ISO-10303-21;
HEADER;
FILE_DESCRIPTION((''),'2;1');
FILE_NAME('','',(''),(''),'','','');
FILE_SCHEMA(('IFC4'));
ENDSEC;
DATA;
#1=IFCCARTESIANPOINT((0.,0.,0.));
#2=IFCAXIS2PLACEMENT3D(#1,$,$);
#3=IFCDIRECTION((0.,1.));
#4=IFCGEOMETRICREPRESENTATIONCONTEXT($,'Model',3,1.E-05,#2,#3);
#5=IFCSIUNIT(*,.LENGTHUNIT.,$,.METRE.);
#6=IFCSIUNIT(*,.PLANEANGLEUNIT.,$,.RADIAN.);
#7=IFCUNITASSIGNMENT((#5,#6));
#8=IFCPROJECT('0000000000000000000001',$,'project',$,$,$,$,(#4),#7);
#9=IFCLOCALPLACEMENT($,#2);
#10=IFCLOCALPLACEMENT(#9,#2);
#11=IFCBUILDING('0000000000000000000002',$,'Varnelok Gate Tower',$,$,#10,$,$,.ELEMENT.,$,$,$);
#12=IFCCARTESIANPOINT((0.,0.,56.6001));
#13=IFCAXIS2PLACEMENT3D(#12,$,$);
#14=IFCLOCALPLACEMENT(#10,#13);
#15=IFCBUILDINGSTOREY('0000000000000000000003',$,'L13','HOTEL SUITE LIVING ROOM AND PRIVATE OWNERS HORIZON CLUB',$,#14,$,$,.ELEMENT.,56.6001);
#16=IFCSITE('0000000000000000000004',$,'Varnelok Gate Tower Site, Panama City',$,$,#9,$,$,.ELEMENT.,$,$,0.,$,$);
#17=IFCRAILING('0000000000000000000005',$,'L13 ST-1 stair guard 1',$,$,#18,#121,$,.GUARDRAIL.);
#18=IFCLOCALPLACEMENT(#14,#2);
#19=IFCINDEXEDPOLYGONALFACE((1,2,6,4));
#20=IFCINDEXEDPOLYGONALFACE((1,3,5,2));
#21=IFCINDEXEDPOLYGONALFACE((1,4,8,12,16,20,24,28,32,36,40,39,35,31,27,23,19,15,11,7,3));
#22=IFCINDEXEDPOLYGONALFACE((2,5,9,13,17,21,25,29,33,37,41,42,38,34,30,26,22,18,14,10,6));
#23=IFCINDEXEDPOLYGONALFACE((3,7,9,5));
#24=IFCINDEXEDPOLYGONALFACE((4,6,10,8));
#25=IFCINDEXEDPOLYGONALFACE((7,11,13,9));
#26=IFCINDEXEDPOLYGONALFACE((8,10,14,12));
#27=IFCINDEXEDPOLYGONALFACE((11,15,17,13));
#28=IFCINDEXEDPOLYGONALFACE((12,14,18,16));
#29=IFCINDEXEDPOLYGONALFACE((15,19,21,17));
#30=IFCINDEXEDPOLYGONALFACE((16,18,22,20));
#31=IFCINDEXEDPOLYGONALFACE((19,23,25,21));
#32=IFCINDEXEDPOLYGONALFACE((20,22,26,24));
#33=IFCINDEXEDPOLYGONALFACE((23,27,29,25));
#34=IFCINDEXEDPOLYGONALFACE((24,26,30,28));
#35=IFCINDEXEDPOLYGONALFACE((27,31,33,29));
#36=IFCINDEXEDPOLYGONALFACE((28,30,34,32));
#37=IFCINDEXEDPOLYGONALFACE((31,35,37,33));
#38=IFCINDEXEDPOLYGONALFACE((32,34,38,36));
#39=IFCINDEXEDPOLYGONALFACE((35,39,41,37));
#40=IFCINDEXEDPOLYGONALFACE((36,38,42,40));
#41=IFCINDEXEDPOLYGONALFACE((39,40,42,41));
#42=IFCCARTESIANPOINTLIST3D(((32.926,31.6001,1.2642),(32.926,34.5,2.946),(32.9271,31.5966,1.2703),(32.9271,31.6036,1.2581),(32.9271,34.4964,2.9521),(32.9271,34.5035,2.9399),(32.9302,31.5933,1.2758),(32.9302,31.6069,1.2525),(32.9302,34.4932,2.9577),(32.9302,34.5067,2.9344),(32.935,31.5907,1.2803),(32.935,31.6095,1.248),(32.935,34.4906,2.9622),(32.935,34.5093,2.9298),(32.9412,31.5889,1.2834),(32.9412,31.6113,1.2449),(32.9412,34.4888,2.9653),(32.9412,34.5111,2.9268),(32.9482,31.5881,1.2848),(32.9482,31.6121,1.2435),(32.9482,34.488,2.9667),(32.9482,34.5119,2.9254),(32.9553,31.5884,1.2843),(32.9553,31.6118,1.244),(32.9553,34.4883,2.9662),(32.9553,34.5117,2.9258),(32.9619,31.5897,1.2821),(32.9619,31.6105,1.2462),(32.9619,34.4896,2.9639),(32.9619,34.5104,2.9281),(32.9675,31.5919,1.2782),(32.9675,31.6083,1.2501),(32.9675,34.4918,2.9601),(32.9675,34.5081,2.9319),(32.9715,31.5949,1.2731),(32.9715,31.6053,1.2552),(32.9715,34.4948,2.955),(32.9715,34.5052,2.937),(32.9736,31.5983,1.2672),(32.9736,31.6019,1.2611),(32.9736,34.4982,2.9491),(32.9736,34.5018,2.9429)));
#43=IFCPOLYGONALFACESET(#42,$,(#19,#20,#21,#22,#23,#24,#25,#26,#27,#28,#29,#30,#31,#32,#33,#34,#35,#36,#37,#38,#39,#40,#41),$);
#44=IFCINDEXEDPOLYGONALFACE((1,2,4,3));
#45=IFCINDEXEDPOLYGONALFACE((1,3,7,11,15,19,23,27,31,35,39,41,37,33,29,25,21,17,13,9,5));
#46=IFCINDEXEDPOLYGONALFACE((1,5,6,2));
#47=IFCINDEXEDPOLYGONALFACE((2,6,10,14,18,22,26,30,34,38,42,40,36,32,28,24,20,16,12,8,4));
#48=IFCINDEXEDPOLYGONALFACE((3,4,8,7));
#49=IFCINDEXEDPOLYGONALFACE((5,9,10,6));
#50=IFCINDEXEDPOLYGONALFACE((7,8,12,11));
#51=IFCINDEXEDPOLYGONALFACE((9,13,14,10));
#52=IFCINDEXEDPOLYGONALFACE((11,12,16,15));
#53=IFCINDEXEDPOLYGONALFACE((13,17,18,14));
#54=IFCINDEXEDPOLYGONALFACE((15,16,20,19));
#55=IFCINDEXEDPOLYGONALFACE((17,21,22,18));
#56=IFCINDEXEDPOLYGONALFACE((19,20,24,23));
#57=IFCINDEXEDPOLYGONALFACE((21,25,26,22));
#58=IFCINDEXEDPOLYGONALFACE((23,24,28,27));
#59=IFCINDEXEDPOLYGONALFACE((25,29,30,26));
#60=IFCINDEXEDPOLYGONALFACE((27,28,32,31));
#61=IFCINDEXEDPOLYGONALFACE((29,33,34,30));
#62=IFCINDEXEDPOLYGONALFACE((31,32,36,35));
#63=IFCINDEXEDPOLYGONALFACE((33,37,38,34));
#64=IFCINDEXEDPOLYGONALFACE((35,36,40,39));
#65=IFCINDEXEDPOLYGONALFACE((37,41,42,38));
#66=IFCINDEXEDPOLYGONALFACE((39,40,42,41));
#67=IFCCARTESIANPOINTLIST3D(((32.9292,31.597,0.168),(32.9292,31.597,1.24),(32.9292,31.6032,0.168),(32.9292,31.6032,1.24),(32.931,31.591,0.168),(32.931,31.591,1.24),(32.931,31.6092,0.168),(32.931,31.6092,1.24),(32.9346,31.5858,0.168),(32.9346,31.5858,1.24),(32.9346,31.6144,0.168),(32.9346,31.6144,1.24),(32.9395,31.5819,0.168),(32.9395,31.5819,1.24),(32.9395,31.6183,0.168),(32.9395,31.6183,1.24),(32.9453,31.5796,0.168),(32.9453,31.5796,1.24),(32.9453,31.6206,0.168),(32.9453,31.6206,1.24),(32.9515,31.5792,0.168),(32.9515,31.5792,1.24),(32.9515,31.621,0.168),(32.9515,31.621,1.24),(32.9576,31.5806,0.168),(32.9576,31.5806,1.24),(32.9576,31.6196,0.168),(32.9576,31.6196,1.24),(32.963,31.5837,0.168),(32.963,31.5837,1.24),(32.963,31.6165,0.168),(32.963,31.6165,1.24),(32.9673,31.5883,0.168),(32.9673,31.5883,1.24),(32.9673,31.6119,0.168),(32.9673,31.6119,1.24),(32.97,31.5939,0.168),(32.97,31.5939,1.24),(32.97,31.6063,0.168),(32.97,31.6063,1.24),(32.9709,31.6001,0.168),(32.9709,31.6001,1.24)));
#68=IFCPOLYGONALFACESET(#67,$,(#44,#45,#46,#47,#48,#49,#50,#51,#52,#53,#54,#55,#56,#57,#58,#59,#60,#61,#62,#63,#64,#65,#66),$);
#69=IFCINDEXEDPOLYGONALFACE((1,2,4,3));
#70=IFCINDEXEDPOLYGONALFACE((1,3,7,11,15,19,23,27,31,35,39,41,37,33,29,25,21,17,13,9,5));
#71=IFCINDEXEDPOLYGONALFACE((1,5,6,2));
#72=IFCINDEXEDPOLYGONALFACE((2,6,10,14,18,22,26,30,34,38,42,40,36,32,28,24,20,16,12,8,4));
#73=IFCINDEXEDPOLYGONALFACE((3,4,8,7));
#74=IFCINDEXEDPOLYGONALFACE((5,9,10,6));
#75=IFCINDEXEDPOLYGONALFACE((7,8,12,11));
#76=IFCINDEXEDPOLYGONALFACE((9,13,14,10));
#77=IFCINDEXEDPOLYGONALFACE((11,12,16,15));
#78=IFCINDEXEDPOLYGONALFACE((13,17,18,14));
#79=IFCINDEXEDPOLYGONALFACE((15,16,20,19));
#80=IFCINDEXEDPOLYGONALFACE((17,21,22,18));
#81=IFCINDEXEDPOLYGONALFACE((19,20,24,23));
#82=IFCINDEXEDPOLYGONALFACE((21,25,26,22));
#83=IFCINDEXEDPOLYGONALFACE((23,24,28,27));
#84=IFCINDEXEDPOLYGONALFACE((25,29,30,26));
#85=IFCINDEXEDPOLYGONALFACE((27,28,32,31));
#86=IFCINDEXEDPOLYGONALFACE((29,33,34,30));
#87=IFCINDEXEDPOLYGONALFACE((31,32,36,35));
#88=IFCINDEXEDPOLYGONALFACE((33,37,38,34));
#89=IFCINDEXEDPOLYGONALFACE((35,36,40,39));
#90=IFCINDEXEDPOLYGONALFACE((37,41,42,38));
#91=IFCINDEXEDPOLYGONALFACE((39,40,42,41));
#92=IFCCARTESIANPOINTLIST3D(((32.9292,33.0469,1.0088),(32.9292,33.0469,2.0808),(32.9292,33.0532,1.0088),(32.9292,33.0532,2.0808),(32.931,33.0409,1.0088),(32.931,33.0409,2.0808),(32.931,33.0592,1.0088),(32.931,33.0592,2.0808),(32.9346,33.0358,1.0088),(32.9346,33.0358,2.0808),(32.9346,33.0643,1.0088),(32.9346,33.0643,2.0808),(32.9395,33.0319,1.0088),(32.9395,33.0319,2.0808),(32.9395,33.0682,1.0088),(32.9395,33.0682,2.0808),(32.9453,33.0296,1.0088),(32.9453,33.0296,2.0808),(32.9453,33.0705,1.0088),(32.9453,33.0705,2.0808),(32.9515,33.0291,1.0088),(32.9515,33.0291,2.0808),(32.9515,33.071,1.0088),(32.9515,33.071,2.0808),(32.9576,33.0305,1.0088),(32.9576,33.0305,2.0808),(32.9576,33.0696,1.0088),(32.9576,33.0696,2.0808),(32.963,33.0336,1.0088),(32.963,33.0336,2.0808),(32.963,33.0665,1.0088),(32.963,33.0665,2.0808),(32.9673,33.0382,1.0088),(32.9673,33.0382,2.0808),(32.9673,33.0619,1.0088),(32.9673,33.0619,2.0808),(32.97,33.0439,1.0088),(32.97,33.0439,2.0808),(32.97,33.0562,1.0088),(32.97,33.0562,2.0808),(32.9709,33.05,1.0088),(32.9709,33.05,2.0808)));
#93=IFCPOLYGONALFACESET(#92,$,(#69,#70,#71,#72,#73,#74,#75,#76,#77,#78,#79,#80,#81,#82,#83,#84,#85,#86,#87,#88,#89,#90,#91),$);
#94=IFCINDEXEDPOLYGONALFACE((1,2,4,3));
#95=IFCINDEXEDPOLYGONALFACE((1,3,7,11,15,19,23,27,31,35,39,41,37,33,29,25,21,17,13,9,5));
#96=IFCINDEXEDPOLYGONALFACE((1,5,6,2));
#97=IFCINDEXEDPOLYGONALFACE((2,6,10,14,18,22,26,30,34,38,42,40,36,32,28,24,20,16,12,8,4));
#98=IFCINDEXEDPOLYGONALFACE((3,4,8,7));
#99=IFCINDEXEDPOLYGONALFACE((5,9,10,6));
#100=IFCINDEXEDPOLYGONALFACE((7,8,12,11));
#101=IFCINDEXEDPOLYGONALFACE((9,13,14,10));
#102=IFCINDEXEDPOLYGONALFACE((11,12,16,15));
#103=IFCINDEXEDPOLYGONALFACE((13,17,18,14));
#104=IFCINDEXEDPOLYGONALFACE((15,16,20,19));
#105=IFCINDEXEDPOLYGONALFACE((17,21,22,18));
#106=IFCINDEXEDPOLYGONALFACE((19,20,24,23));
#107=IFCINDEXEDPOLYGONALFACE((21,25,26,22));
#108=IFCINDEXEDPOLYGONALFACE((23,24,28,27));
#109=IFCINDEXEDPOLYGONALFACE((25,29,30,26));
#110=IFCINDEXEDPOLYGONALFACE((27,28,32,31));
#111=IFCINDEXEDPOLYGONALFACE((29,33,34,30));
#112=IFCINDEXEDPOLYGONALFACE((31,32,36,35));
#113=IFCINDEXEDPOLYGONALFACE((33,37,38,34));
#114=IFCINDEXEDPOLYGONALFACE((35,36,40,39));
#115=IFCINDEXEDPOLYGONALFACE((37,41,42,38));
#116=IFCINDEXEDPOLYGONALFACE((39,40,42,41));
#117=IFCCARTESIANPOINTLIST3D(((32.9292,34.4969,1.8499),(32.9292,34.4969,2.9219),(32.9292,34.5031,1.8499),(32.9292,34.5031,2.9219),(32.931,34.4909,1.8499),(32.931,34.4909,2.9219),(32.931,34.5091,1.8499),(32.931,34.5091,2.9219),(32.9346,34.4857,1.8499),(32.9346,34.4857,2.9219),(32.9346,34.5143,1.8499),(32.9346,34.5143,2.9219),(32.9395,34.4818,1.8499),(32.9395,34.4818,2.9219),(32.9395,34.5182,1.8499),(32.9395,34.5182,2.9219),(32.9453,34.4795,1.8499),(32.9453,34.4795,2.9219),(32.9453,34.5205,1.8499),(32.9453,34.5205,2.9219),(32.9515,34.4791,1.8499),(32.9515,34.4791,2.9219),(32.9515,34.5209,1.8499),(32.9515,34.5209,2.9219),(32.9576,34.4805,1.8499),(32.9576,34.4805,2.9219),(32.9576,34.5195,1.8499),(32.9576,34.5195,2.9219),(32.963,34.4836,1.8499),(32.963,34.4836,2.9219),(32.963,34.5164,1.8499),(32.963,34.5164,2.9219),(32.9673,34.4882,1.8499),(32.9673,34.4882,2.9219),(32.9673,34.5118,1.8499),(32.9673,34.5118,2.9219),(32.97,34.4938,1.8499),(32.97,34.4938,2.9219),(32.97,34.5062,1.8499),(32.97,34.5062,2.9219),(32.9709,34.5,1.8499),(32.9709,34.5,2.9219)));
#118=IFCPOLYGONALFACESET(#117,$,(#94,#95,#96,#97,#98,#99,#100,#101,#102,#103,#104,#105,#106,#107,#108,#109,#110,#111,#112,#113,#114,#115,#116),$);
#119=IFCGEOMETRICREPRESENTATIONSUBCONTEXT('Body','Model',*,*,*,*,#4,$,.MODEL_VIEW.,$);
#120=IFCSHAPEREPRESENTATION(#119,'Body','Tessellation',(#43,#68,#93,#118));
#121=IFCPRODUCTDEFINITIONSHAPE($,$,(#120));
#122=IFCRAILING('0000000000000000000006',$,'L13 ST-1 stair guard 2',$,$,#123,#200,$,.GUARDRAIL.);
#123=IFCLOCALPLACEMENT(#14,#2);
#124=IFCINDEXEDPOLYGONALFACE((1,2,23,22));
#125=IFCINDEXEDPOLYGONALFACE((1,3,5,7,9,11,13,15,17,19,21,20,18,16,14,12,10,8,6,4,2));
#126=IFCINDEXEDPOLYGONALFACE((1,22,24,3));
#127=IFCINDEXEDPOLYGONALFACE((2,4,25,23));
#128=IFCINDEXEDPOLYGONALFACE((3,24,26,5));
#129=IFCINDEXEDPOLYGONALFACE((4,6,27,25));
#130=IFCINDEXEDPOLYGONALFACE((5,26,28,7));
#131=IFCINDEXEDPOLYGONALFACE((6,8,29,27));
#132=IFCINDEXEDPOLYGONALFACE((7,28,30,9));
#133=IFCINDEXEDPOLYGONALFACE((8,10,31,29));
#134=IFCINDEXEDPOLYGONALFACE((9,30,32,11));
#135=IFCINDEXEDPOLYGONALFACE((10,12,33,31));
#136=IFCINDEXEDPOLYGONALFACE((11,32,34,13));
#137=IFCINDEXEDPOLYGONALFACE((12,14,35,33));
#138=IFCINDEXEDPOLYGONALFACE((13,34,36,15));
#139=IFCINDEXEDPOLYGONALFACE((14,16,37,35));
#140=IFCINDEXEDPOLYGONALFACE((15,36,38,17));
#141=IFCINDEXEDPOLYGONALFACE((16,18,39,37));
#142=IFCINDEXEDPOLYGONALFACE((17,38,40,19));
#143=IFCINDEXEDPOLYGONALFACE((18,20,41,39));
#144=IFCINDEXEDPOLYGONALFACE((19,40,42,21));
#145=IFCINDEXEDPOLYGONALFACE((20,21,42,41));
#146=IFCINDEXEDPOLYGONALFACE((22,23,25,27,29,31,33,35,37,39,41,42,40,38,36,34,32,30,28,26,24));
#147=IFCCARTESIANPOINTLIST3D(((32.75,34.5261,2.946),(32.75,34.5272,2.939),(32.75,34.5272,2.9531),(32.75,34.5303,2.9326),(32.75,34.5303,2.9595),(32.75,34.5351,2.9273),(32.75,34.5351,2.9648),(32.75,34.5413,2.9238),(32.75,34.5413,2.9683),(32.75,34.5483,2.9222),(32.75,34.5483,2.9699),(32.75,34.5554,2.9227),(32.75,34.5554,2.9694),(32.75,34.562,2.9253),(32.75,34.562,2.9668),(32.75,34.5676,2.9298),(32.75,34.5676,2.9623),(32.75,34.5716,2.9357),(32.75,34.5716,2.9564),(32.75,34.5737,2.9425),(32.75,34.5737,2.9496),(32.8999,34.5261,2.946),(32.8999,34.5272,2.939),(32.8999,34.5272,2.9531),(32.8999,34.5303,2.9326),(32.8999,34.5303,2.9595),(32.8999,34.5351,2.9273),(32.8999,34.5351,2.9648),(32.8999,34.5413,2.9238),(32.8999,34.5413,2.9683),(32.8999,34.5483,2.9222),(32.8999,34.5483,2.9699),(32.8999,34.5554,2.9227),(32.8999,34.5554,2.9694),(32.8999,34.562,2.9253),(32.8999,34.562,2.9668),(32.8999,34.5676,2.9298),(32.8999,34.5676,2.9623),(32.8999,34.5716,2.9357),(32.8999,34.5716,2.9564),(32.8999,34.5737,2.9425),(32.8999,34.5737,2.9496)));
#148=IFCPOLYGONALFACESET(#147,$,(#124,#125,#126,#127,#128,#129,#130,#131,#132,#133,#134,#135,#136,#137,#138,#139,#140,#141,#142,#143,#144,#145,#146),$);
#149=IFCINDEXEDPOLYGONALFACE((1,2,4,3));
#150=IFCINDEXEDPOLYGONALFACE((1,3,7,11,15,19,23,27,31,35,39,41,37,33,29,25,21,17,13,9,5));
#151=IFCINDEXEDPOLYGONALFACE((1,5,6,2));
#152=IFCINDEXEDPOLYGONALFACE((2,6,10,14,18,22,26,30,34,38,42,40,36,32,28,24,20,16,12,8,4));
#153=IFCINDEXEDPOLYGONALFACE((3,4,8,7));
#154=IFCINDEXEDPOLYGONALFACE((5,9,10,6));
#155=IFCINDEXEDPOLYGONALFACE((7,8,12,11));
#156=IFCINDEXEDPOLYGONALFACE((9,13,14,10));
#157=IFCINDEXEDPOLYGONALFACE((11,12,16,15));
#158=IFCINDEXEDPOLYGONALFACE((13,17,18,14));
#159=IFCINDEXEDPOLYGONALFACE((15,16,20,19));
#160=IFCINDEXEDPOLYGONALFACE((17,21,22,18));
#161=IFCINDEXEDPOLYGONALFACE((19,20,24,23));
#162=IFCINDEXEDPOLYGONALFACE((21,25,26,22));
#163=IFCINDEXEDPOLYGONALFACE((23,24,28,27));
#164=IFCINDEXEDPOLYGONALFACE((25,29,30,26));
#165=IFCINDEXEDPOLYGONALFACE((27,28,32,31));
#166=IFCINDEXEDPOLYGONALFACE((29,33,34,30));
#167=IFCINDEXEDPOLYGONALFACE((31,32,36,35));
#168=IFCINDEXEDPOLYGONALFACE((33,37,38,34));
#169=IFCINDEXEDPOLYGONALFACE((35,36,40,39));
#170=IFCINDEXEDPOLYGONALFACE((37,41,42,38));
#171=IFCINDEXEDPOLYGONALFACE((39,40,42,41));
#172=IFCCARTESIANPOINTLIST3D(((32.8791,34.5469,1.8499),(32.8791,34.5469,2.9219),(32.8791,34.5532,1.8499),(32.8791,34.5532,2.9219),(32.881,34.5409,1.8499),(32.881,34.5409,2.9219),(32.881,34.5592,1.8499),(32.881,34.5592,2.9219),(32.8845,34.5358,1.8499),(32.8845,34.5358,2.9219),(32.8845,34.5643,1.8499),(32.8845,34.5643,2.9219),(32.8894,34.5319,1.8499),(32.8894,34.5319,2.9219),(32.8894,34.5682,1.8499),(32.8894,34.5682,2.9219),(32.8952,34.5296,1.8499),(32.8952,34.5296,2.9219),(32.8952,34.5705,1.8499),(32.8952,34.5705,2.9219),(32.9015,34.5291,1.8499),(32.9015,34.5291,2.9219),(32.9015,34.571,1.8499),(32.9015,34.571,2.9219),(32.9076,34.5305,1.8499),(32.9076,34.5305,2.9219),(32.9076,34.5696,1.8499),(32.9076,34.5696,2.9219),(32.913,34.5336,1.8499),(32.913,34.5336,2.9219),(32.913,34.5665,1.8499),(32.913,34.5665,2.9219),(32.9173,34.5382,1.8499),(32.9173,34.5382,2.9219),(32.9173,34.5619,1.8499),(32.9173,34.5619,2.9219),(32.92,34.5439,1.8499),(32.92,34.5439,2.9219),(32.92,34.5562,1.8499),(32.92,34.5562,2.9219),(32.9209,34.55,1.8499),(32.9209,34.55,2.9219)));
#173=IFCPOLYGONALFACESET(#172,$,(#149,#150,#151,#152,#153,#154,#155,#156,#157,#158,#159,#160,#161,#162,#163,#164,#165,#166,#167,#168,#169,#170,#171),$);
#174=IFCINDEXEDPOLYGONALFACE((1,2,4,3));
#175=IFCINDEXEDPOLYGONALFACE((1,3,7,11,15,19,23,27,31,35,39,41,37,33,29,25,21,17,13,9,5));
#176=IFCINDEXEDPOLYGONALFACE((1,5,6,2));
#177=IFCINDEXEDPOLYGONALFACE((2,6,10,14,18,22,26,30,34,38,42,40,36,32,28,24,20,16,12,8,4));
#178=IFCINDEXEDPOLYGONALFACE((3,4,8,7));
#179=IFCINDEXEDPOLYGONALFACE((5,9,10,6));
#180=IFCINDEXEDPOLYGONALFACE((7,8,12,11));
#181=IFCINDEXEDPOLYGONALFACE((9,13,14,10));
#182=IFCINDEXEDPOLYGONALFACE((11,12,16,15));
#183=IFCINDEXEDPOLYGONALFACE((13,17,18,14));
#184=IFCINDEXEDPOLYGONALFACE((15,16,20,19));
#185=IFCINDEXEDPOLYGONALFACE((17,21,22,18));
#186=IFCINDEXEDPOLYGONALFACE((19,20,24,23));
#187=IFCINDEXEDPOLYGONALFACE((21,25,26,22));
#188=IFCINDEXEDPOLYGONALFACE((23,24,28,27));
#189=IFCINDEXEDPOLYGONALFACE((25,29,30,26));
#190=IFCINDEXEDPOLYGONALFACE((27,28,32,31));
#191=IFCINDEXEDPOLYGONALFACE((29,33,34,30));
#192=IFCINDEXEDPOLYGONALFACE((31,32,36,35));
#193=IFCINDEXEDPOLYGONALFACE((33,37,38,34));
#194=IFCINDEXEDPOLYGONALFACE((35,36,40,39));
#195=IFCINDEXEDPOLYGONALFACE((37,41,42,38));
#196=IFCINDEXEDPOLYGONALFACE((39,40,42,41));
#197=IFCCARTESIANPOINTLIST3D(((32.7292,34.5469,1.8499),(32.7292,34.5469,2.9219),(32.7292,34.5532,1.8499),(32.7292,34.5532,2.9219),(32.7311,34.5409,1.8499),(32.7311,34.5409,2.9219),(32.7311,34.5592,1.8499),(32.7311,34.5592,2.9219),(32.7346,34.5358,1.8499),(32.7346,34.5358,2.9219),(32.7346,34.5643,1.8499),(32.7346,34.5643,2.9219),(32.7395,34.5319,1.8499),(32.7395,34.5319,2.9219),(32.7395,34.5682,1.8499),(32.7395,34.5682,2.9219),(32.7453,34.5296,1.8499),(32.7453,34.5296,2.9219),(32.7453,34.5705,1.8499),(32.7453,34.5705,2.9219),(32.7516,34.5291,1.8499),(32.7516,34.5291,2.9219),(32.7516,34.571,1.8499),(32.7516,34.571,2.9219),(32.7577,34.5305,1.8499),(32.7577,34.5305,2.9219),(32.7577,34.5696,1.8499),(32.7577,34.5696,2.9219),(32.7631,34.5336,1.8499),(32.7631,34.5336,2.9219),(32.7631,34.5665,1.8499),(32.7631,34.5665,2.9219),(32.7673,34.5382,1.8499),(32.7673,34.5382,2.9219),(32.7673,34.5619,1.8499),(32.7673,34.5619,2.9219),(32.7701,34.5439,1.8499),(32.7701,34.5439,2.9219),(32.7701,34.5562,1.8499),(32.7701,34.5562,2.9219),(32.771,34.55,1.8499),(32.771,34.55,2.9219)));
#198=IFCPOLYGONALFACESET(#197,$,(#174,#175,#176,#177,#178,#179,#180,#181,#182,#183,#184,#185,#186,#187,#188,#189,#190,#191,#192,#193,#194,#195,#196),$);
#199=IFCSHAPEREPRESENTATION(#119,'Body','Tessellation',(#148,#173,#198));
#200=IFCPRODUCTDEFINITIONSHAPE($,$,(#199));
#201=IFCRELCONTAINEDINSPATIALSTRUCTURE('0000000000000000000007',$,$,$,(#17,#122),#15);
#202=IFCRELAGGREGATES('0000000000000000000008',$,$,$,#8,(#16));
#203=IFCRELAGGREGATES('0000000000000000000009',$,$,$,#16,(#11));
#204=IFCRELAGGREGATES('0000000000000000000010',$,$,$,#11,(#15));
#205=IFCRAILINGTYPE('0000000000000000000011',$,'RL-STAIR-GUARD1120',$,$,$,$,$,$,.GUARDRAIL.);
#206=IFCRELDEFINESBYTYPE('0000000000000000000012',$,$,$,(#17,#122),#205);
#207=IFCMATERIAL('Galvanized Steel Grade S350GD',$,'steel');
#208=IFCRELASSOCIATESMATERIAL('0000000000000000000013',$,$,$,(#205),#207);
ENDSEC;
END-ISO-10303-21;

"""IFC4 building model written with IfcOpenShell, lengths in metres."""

from ifc_helpers import new_model, si_unit, direction, frame, origin, origin_2d, place, context, subcontext, project, spatial, circle, extrude, material, type_object, element, save


model = new_model("IFC4")

# Units and contexts
model_context = context("Model", 3, precision=1e-05, world=origin(), true_north=direction((0.0, 1.0)))
body_context = subcontext(model_context, "Body", "Model", "MODEL_VIEW")
ifc_project = project(units=[si_unit("LENGTHUNIT", "METRE"), si_unit("PLANEANGLEUNIT", "RADIAN")], contexts=[model_context])

# Site, building, storey
site_placement = place(None, origin())
site = spatial("IfcSite", under=ifc_project, at=site_placement, Name="Varnelok Gate Tower Site, Panama City", CompositionType="ELEMENT", RefElevation=0.0)
building_placement = place(site_placement, origin())
building = spatial("IfcBuilding", under=site, at=building_placement, Name="Varnelok Gate Tower", CompositionType="ELEMENT")
storey_placement = place(building_placement, frame((0.0, 0.0, 56.6001)))
storey = spatial("IfcBuildingStorey", under=building, at=storey_placement, Name="L13", Description="HOTEL SUITE LIVING ROOM AND PRIVATE OWNERS HORIZON CLUB", CompositionType="ELEMENT", Elevation=56.6001)

# Shared definitions
ifc_material_1 = material(Name="Galvanized Steel Grade S350GD", Category="steel")

# Railings
railing_type_1 = type_object("IfcRailingType", Name="RL-STAIR-GUARD1120", PredefinedType="GUARDRAIL", material=ifc_material_1)
railing_1_placement = place(storey_placement, frame((32.95, 31.6001, 0.168)))
element("IfcRailing", 1, at=railing_1_placement, inside=storey, type_object=railing_type_1, Name="L13 ST-1 stair guard 1", PredefinedType="GUARDRAIL", context=body_context, shape_type="SweptSolid", body=[
    extrude(circle(Radius=0.0239, at=origin_2d()), frame((0.0, 0.0, 1.0962), z_axis=(0.0, 0.865039, 0.501705), x_axis=(-1.0, 0.0, 0.0)), (0.0, 0.0, 1.0), 3.3523),
    extrude(circle(Radius=0.021, at=origin_2d()), origin(), (0.0, 0.0, 1.0), 1.072),
    extrude(circle(Radius=0.021, at=origin_2d()), frame((0.0, 1.45, 0.8408)), (0.0, 0.0, 1.0), 1.072),
    extrude(circle(Radius=0.021, at=origin_2d()), frame((0.0, 2.8999, 1.6819)), (0.0, 0.0, 1.0), 1.072),
])
railing_2_placement = place(storey_placement, frame((32.8999, 34.55, 1.8499)))
element("IfcRailing", 2, at=railing_2_placement, inside=storey, type_object=railing_type_1, Name="L13 ST-1 stair guard 2", PredefinedType="GUARDRAIL", context=body_context, shape_type="SweptSolid", body=[
    extrude(circle(Radius=0.0239, at=origin_2d()), frame((0.0, 0.0, 1.0962), z_axis=(-1.0, 0.0, 0.0), x_axis=(0.0, -1.0, 0.0)), (0.0, 0.0, 1.0), 0.1499),
    extrude(circle(Radius=0.021, at=origin_2d()), origin(), (0.0, 0.0, 1.0), 1.072),
    extrude(circle(Radius=0.021, at=origin_2d()), frame((-0.1499, 0.0, 0.0)), (0.0, 0.0, 1.0), 1.072),
])

save(model, "model.ifc")
